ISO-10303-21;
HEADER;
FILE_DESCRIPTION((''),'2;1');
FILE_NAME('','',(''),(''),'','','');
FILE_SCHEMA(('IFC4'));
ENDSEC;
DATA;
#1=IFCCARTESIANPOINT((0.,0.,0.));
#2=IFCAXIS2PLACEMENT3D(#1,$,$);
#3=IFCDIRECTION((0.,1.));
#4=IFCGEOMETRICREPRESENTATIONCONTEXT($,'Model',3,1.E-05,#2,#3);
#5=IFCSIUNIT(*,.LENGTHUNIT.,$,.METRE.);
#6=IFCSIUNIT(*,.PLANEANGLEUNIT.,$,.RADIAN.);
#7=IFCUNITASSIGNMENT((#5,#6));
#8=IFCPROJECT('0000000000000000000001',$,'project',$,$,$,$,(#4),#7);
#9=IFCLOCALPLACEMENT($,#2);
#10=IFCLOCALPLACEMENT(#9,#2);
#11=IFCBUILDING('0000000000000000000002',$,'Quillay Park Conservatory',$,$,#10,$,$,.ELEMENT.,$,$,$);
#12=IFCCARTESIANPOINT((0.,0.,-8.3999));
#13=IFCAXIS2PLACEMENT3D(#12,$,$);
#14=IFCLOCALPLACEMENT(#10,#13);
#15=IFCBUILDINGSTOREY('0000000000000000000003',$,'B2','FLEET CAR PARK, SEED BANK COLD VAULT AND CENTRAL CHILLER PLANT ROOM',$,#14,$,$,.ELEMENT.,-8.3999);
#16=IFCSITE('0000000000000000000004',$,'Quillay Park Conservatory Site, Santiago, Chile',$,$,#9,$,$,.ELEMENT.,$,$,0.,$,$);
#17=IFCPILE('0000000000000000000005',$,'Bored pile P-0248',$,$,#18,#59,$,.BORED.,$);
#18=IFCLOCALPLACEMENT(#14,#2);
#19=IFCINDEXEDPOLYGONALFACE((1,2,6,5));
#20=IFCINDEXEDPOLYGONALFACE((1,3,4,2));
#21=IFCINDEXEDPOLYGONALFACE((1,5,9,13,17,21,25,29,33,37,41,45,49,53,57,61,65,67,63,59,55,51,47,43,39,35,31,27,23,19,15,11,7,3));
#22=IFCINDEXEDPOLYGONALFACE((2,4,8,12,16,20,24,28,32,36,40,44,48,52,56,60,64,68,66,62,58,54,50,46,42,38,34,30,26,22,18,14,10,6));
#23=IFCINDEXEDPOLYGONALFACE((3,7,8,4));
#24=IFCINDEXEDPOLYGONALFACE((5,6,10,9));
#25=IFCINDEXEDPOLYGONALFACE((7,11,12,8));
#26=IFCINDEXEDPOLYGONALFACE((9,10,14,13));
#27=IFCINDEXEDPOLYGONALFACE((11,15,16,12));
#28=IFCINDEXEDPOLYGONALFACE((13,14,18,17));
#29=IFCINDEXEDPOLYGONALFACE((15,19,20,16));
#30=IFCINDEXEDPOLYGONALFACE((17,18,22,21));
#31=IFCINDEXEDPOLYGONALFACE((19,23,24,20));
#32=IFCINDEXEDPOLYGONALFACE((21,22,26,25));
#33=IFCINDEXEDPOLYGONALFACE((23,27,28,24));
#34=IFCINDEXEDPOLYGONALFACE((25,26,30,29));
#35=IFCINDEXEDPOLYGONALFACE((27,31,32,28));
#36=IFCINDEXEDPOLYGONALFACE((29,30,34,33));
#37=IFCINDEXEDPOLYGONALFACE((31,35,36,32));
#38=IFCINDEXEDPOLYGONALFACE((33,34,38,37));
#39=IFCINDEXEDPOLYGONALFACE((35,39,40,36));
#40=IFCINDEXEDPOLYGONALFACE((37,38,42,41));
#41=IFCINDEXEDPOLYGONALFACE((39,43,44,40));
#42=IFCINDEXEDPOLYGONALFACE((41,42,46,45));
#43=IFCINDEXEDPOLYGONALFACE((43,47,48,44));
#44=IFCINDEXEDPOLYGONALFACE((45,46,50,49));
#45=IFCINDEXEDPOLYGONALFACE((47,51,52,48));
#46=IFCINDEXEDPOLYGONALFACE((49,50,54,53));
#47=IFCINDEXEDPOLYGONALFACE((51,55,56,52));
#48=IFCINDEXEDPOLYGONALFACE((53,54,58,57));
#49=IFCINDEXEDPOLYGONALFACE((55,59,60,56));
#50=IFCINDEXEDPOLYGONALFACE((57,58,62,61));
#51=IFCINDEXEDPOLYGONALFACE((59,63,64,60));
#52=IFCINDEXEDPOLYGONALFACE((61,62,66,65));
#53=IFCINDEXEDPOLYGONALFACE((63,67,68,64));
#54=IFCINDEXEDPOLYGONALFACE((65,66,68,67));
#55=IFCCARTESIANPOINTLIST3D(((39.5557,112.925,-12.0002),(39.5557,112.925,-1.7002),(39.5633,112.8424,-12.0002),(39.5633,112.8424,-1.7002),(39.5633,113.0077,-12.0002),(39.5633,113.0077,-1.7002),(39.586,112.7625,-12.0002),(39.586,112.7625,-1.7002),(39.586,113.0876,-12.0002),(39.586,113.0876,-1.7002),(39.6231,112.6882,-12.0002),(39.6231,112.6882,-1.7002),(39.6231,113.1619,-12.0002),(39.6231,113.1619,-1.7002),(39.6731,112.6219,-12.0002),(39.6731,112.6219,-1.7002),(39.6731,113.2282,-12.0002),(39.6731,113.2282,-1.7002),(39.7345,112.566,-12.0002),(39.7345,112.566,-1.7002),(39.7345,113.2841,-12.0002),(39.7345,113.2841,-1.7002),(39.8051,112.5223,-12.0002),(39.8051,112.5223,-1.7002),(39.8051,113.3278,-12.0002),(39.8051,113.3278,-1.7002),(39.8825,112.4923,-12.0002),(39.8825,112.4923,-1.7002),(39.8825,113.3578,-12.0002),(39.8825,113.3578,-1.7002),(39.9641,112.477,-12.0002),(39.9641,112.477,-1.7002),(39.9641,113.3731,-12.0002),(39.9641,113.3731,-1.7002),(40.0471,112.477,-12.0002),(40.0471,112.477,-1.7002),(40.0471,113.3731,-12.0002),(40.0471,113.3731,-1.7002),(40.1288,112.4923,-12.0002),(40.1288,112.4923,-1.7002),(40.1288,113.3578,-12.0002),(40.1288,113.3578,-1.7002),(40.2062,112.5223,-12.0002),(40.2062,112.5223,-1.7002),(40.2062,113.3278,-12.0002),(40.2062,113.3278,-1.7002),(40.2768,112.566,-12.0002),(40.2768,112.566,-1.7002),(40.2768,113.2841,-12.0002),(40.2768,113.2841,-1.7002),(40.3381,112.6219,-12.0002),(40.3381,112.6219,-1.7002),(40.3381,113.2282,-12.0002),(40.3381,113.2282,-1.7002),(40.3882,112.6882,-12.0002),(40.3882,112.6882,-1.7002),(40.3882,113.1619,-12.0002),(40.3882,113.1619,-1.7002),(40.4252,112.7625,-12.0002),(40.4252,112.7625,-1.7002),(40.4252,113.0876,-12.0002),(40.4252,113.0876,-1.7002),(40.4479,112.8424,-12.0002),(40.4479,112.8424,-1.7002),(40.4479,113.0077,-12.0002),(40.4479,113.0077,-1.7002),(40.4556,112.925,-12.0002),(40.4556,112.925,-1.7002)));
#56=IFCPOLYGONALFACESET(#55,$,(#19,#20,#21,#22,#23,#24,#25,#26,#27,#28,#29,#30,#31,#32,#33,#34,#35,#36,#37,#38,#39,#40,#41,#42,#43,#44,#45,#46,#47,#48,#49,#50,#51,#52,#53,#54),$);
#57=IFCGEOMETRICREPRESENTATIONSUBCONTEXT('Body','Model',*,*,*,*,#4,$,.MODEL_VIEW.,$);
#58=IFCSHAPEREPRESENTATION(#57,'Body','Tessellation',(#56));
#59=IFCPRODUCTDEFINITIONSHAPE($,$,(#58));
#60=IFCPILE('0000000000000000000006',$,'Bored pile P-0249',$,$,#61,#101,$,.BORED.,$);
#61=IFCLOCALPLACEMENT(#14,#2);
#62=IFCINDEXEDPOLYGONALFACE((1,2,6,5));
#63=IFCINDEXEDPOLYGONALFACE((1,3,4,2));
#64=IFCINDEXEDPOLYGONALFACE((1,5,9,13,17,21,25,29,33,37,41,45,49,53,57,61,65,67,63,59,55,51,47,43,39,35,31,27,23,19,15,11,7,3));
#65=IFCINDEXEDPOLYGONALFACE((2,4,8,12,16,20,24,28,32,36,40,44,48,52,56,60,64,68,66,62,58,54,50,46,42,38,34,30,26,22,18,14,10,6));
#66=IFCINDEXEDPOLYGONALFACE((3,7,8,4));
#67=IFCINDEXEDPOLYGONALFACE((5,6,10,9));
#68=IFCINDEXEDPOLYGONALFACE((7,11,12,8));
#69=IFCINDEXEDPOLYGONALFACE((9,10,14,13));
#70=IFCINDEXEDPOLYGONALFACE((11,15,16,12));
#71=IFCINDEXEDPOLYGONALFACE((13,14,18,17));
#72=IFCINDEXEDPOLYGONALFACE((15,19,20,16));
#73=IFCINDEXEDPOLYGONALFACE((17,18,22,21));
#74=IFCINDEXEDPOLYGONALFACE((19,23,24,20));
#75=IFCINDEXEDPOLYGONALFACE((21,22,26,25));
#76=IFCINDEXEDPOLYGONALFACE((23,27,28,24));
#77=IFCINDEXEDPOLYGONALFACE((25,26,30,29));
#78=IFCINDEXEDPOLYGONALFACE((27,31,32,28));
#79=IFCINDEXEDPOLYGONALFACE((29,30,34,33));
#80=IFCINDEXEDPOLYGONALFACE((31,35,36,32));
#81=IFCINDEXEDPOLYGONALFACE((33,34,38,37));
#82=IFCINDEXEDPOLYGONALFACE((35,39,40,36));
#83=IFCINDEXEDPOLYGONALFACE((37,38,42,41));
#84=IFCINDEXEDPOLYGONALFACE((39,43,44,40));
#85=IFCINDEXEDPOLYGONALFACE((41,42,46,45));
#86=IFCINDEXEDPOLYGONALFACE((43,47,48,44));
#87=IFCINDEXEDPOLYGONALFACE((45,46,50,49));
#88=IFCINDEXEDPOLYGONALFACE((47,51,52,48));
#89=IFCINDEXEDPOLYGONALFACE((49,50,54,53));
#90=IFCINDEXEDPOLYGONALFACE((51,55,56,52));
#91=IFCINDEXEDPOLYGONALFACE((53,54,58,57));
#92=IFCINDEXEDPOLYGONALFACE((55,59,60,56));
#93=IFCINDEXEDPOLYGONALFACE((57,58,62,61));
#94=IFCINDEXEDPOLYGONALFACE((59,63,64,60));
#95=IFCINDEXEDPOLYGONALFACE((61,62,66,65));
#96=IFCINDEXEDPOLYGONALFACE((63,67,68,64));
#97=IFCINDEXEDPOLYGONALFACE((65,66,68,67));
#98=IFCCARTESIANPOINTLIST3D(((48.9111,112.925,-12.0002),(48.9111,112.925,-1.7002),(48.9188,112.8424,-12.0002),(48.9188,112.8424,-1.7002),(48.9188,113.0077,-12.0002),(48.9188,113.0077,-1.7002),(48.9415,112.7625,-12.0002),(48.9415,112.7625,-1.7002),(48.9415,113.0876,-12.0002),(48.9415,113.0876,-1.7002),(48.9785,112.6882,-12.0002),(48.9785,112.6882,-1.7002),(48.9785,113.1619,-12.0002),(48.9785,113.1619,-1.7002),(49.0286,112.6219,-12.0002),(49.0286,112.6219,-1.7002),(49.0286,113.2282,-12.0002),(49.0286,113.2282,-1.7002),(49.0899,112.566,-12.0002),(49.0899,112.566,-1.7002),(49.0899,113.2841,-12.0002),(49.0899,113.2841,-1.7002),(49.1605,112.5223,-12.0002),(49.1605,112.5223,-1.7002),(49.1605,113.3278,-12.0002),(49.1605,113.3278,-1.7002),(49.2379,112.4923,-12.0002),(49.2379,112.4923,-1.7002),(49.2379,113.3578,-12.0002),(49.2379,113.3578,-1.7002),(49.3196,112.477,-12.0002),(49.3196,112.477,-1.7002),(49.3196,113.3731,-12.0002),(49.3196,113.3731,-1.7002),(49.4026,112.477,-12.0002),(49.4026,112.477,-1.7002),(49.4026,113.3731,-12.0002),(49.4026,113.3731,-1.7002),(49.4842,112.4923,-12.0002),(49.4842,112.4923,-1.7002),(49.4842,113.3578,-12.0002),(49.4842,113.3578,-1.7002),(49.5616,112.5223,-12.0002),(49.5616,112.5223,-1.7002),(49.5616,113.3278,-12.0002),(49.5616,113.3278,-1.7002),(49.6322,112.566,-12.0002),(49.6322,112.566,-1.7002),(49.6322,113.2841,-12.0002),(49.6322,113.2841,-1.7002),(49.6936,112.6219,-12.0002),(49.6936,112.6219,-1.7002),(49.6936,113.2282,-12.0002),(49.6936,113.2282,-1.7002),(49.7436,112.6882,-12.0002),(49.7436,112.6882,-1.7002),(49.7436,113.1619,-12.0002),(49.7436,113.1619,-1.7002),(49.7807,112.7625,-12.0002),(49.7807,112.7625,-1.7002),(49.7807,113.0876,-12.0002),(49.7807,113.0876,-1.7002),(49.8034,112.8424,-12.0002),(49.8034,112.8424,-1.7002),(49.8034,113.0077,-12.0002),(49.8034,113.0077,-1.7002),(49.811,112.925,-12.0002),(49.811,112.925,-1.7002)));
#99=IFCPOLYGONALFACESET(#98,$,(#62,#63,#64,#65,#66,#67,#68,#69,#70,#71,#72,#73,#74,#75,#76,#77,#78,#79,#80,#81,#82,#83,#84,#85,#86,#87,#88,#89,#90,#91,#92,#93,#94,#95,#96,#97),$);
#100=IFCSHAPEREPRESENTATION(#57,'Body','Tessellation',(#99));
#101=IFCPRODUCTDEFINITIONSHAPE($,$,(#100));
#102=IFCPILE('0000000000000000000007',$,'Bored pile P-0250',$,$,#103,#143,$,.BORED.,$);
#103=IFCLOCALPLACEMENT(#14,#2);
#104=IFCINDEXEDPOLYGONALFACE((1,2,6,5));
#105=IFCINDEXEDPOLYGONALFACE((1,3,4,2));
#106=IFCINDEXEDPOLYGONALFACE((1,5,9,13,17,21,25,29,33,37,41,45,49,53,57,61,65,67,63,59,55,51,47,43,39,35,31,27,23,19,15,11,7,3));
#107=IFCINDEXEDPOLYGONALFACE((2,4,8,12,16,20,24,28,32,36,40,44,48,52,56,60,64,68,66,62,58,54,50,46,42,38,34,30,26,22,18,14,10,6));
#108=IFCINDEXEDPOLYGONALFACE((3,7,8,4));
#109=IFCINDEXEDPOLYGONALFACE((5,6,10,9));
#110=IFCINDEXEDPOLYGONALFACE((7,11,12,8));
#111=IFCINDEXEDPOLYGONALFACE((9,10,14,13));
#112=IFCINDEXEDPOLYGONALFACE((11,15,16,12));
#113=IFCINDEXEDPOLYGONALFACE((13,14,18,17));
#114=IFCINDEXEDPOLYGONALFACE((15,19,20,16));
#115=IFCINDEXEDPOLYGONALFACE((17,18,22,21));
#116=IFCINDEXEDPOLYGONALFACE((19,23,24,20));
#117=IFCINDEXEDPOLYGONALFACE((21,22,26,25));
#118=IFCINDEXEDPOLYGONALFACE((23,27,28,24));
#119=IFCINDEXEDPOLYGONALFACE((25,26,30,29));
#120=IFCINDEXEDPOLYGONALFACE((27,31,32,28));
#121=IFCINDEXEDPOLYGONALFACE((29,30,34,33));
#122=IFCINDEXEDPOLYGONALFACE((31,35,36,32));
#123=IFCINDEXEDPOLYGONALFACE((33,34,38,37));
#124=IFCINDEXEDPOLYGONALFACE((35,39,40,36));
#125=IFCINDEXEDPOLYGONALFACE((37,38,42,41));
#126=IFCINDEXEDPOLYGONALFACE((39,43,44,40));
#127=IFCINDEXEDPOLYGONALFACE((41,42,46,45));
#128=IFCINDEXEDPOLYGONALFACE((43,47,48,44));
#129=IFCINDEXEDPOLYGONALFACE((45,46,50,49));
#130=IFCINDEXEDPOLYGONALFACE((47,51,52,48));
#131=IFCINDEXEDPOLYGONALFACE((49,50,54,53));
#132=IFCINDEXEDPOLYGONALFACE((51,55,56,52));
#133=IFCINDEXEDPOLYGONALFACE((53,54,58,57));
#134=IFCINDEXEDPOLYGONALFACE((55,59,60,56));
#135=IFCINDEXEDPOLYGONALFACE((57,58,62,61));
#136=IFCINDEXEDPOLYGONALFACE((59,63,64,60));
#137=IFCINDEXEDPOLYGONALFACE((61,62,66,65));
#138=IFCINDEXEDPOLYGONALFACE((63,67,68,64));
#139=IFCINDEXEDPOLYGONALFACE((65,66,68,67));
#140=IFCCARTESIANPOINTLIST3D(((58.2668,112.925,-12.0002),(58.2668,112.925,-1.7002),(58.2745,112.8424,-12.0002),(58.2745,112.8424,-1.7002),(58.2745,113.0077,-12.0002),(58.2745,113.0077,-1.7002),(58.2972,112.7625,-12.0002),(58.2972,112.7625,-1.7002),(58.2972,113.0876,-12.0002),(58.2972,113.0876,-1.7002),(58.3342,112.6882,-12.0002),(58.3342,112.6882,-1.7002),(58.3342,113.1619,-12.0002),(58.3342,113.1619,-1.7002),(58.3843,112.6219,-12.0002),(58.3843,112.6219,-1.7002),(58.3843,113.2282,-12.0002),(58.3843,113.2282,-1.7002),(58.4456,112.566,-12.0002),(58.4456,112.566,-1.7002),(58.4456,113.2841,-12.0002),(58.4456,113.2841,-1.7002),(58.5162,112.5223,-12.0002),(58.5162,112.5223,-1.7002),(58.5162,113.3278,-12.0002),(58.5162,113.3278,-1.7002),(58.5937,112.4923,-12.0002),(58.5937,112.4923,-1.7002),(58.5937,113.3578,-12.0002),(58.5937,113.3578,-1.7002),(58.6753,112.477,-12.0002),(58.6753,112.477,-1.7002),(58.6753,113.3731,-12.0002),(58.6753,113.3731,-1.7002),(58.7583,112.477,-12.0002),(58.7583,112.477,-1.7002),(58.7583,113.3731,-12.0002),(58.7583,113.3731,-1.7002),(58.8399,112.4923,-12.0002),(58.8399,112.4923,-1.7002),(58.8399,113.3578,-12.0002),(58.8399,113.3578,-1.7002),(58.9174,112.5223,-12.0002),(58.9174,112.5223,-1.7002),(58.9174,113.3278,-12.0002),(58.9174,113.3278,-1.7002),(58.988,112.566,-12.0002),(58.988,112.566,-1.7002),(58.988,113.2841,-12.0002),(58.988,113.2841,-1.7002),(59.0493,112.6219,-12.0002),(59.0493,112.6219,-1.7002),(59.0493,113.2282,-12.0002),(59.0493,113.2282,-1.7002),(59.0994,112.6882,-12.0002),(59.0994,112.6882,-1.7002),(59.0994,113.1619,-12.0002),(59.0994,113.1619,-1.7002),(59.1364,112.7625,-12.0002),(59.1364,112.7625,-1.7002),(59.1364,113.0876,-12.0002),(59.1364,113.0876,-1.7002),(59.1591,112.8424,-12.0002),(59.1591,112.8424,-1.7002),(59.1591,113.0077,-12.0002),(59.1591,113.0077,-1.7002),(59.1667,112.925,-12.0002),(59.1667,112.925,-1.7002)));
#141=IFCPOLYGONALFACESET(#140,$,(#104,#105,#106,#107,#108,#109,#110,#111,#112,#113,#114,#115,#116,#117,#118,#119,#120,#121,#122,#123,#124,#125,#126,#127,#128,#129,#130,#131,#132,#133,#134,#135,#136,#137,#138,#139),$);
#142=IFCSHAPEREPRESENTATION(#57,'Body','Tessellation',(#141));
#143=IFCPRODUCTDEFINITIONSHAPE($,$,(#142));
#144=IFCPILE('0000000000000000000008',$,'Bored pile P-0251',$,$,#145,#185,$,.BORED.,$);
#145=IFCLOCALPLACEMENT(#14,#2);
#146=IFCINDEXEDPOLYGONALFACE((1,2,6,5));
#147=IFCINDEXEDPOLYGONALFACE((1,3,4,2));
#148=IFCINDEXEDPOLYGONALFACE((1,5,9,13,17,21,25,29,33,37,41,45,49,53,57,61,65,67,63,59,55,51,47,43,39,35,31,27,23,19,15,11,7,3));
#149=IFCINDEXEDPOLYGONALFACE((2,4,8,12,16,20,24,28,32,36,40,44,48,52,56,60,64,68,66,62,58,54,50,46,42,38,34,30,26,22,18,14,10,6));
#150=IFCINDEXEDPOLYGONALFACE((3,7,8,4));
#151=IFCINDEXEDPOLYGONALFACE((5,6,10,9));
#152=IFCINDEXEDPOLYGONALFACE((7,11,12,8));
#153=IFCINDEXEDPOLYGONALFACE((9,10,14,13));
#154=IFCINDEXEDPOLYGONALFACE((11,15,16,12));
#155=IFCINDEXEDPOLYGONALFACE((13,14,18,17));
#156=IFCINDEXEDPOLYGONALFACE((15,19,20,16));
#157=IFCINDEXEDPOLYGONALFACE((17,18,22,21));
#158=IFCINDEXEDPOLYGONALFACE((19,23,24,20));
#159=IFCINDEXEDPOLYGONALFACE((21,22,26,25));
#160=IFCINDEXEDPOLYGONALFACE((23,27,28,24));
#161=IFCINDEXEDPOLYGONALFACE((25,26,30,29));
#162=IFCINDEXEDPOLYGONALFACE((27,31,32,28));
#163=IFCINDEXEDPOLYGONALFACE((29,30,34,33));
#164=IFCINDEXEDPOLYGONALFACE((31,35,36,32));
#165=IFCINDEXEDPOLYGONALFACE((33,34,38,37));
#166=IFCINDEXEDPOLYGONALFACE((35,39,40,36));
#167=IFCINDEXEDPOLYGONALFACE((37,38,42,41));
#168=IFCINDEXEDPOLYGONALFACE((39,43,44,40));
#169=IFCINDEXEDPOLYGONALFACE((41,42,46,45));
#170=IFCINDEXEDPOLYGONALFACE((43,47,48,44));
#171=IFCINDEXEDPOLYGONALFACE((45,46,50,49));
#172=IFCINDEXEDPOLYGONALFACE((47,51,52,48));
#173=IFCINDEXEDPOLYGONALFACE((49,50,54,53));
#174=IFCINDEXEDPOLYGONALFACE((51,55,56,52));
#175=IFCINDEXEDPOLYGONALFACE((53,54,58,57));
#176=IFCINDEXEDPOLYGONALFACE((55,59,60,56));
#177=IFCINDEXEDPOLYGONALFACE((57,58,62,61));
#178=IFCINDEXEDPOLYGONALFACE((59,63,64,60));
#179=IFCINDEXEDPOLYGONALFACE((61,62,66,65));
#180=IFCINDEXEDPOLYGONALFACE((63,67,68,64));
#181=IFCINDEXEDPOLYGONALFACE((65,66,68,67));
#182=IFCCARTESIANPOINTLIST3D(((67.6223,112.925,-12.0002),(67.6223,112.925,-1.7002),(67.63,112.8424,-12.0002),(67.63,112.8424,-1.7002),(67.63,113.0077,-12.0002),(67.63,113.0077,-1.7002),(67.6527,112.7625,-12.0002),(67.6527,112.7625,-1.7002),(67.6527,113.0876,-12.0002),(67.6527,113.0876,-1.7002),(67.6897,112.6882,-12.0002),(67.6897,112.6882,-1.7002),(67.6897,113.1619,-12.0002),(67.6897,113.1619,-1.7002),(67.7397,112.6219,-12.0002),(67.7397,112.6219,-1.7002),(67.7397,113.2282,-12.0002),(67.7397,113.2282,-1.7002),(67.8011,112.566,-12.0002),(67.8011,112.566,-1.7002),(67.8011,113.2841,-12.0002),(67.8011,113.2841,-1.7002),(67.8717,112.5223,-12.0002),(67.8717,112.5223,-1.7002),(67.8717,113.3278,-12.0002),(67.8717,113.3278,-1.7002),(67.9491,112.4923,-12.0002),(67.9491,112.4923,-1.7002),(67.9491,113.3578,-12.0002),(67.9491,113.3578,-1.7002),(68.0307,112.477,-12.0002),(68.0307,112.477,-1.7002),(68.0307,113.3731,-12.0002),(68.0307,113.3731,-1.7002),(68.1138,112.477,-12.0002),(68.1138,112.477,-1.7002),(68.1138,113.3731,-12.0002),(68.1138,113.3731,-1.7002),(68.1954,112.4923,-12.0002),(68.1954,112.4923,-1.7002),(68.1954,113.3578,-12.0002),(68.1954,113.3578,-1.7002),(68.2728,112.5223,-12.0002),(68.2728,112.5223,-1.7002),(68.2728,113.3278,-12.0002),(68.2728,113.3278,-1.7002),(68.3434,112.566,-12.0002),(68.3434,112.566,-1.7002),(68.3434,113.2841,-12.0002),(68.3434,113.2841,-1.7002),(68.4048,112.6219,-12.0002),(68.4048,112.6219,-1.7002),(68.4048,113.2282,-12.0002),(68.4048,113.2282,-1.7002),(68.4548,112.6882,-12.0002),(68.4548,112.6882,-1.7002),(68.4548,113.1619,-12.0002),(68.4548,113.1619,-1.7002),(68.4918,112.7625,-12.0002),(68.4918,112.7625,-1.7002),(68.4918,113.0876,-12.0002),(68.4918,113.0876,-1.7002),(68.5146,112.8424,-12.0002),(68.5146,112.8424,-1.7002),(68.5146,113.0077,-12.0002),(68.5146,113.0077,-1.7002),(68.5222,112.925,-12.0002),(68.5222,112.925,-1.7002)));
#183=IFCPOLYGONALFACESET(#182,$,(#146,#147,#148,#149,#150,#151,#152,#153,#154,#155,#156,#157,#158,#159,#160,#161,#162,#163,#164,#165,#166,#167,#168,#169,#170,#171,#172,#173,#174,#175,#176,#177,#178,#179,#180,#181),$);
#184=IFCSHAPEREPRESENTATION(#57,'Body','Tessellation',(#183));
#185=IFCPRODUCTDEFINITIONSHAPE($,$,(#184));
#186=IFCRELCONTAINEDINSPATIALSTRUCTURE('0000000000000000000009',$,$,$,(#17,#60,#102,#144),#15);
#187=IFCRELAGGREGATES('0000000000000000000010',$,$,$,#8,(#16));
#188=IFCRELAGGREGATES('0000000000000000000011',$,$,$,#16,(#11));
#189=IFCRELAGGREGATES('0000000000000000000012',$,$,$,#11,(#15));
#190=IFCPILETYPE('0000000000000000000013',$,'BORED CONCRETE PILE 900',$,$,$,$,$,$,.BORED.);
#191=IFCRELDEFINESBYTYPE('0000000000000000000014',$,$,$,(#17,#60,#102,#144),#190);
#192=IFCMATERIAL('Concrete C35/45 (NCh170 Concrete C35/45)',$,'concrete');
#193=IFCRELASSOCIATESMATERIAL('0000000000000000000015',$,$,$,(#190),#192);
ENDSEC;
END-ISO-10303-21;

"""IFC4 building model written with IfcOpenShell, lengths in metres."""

from ifc_helpers import new_model, si_unit, direction, frame, origin, origin_2d, place, context, subcontext, project, spatial, circle, extrude, material, material_profile, profile_set, type_object, element, save


model = new_model("IFC4")

# Units and contexts
model_context = context("Model", 3, precision=1e-05, world=origin(), true_north=direction((0.0, 1.0)))
body_context = subcontext(model_context, "Body", "Model", "MODEL_VIEW")
ifc_project = project(units=[si_unit("LENGTHUNIT", "METRE"), si_unit("PLANEANGLEUNIT", "RADIAN")], contexts=[model_context])

# Site, building, storey
site_placement = place(None, origin())
site = spatial("IfcSite", under=ifc_project, at=site_placement, Name="Quillay Park Conservatory Site, Santiago, Chile", CompositionType="ELEMENT", RefElevation=0.0)
building_placement = place(site_placement, origin())
building = spatial("IfcBuilding", under=site, at=building_placement, Name="Quillay Park Conservatory", CompositionType="ELEMENT")
storey_placement = place(building_placement, frame((0.0, 0.0, -8.3999)))
storey = spatial("IfcBuildingStorey", under=building, at=storey_placement, Name="B2", Description="FLEET CAR PARK, SEED BANK COLD VAULT AND CENTRAL CHILLER PLANT ROOM", CompositionType="ELEMENT", Elevation=-8.3999)

# Piles
ifc_material_1 = material(Name="Concrete C35/45 (NCh170 Concrete C35/45)", Category="concrete")
ifc_material_profile_1 = material_profile(ifc_material_1, circle(Radius=0.45, at=origin_2d()), Name="PILE900")
ifc_profile_set_1 = profile_set([ifc_material_profile_1], Name="Concrete C35/45 (NCh170 Concrete C35/45)")
pile_type_1 = type_object("IfcPileType", Name="BORED CONCRETE PILE 900", PredefinedType="BORED", material=ifc_profile_set_1)
for number, where, z_axis, x_axis, name in (
    (1, (40.0056, 112.925, -1.7002), (0.0, 0.0, -1.0), (1.0, 0.0, 0.0), "Bored pile P-0248"),
    (2, (49.3611, 112.925, -1.7002), (0.0, 0.0, -1.0), (1.0, 0.0, 0.0), "Bored pile P-0249"),
    (3, (58.7168, 112.925, -1.7002), (0.0, 0.0, -1.0), (1.0, 0.0, 0.0), "Bored pile P-0250"),
    (4, (68.0723, 112.925, -1.7002), (0.0, 0.0, -1.0), (1.0, 0.0, 0.0), "Bored pile P-0251"),
):
    element("IfcPile", number, at=place(storey_placement, frame(where, z_axis=z_axis, x_axis=x_axis)), inside=storey, type_object=pile_type_1, Name=name, PredefinedType="BORED", context=body_context, shape_type="SweptSolid", body=[
        extrude(circle(Radius=0.45, at=origin_2d()), origin(), (0.0, 0.0, 1.0), 10.3),
    ])

save(model, "model.ifc")
